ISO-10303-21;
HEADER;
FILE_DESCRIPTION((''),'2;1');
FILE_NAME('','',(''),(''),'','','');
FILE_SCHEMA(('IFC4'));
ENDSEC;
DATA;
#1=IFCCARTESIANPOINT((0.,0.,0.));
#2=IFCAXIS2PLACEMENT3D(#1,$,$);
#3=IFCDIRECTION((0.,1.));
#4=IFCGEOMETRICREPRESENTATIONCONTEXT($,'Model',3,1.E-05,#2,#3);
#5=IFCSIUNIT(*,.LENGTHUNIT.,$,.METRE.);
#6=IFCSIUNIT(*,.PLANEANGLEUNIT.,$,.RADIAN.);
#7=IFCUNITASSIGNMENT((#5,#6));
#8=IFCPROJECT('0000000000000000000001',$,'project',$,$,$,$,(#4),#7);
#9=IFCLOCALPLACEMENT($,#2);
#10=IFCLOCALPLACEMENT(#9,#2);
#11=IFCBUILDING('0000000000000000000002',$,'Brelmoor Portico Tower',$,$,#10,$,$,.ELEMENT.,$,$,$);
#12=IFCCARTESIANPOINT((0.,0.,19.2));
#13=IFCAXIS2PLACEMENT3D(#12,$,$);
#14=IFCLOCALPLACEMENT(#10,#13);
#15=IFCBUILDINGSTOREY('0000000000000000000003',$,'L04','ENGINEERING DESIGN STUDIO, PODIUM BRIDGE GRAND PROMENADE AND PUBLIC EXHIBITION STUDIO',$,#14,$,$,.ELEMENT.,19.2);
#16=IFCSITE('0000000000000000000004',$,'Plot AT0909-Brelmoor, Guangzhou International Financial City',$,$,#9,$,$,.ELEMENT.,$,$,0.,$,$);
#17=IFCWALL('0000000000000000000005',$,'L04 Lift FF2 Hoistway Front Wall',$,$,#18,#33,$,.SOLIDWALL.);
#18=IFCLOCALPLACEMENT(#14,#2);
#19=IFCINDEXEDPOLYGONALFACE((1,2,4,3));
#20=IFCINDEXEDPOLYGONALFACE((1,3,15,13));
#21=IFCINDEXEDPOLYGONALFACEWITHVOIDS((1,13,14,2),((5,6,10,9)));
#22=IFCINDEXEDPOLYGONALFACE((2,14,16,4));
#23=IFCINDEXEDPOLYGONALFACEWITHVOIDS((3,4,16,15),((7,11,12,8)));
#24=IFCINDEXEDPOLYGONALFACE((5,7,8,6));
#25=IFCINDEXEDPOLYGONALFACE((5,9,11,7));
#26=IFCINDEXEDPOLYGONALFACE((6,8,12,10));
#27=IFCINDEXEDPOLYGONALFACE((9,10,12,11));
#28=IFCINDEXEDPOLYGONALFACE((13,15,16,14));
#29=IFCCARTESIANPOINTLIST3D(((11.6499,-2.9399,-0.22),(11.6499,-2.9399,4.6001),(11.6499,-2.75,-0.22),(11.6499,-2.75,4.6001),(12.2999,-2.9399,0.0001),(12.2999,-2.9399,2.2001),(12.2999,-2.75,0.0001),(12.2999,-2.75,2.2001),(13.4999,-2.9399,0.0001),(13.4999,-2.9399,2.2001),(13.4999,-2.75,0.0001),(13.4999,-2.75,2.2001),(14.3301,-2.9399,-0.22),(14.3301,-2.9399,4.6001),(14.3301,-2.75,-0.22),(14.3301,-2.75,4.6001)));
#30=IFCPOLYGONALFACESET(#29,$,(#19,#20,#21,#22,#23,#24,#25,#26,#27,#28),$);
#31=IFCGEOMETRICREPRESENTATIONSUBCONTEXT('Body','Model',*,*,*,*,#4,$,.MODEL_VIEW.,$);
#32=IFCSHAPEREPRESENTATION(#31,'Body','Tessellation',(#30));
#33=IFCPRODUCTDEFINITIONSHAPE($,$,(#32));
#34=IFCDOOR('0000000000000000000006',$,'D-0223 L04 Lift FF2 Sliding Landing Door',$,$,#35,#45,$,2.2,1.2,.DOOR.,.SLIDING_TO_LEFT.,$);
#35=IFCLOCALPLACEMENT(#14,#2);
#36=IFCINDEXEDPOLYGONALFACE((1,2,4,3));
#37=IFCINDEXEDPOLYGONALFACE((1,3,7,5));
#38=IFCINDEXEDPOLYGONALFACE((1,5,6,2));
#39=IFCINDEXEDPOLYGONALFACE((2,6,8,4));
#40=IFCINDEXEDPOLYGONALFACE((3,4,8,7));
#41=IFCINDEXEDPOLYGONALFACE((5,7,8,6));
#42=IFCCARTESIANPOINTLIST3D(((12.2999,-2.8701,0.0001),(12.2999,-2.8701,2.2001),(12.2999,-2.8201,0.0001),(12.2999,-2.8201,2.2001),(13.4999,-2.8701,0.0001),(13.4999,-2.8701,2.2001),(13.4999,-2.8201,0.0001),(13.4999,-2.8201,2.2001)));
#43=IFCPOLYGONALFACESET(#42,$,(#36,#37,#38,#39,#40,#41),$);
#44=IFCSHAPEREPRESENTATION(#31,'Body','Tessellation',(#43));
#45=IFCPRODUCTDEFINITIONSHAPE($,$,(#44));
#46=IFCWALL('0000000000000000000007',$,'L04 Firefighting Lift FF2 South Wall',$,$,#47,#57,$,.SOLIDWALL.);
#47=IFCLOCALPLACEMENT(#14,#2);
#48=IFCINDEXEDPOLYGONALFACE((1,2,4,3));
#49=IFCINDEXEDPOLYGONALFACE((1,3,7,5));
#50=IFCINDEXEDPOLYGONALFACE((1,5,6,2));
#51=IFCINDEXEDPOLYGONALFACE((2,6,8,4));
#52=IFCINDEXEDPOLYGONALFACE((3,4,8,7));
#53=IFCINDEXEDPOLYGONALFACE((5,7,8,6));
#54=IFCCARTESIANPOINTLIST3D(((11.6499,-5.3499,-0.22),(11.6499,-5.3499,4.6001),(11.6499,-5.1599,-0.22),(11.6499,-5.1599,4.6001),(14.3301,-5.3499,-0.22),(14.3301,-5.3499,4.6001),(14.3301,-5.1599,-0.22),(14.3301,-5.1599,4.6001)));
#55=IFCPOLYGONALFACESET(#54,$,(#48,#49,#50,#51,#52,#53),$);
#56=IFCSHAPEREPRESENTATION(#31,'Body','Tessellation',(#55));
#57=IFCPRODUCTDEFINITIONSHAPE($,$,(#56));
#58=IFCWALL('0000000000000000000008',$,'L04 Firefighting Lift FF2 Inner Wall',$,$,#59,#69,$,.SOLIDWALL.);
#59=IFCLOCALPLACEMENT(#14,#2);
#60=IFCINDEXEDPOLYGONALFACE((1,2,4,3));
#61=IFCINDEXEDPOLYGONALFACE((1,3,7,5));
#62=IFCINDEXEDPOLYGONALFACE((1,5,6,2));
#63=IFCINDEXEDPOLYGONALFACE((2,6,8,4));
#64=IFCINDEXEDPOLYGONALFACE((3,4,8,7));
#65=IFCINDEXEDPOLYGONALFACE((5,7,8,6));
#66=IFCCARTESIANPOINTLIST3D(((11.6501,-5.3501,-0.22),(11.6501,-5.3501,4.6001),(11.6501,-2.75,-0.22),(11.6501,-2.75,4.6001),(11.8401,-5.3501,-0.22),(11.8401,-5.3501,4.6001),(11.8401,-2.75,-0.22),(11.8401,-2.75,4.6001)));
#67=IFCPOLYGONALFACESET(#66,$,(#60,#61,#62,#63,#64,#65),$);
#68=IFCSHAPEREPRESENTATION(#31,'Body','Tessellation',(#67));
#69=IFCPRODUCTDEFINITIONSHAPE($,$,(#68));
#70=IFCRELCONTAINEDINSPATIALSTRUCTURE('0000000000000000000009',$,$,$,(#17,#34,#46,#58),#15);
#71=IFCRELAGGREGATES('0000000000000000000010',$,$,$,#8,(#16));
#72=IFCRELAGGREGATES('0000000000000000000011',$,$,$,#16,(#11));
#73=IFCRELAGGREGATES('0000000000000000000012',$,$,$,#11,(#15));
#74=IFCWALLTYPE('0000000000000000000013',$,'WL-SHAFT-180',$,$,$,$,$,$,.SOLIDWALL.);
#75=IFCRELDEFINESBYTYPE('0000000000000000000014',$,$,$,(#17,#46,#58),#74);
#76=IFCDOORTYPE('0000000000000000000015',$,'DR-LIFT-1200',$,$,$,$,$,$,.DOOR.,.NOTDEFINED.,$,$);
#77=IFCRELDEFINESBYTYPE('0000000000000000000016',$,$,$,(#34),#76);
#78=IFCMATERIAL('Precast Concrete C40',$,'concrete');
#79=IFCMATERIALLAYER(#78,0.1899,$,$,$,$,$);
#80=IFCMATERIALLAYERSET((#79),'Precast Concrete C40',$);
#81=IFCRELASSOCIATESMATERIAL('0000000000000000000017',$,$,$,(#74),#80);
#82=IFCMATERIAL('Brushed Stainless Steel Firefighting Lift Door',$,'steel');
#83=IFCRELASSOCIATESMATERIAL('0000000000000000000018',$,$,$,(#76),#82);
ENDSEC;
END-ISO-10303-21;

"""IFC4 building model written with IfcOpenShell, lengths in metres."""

from ifc_helpers import new_model, si_unit, direction, frame, frame_2d, origin, place, context, subcontext, project, spatial, rectangle, extrude, material, layer, layer_set, type_object, element, fill, save


model = new_model("IFC4")

# Units and contexts
model_context = context("Model", 3, precision=1e-05, world=origin(), true_north=direction((0.0, 1.0)))
body_context = subcontext(model_context, "Body", "Model", "MODEL_VIEW")
ifc_project = project(units=[si_unit("LENGTHUNIT", "METRE"), si_unit("PLANEANGLEUNIT", "RADIAN")], contexts=[model_context])

# Site, building, storey
site_placement = place(None, origin())
site = spatial("IfcSite", under=ifc_project, at=site_placement, Name="Plot AT0909-Brelmoor, Guangzhou International Financial City", CompositionType="ELEMENT", RefElevation=0.0)
building_placement = place(site_placement, origin())
building = spatial("IfcBuilding", under=site, at=building_placement, Name="Brelmoor Portico Tower", CompositionType="ELEMENT")
storey_placement = place(building_placement, frame((0.0, 0.0, 19.2)))
storey = spatial("IfcBuildingStorey", under=building, at=storey_placement, Name="L04", Description="ENGINEERING DESIGN STUDIO, PODIUM BRIDGE GRAND PROMENADE AND PUBLIC EXHIBITION STUDIO", CompositionType="ELEMENT", Elevation=19.2)

# Shared definitions
ifc_material_1 = material(Name="Precast Concrete C40", Category="concrete")
ifc_layer_1 = layer(ifc_material_1, 0.1899)
ifc_layer_set_1 = layer_set([ifc_layer_1], Name="Precast Concrete C40")
wall_type_1 = type_object("IfcWallType", Name="WL-SHAFT-180", PredefinedType="SOLIDWALL", material=ifc_layer_set_1)

# Wall, opening, door
wall_1_placement = place(storey_placement, frame((11.6499, -2.845, -0.22), z_axis=(0.0, 0.0, 1.0), x_axis=(1.0, 0.0, 0.0)))
wall_1 = element("IfcWall", 1, at=wall_1_placement, inside=storey, type_object=wall_type_1, Name="L04 Lift FF2 Hoistway Front Wall", PredefinedType="SOLIDWALL", context=body_context, shape_type="SweptSolid", body=[
    extrude(rectangle(XDim=2.6802, YDim=0.1899, at=frame_2d((1.3401, 0.0))), origin(), (0.0, 0.0, 1.0), 4.8201),
])
opening_1_placement = place(wall_1_placement, frame((0.6499, 0.0, 0.22)))
opening_1 = element("IfcOpeningElement", 2, at=opening_1_placement, cuts=wall_1, PredefinedType="OPENING", context=body_context, shape_type="SweptSolid", body=[
    extrude(rectangle(XDim=1.2, YDim=2.2, at=frame_2d((0.6001, 1.1001))), frame((0.0, 0.105, 0.0), z_axis=(0.0, -1.0, 0.0), x_axis=(1.0, 0.0, 0.0)), (0.0, 0.0, 1.0), 0.21),
])
ifc_material_2 = material(Name="Brushed Stainless Steel Firefighting Lift Door", Category="steel")
door_type_1 = type_object("IfcDoorType", Name="DR-LIFT-1200", OperationType="NOTDEFINED", PredefinedType="DOOR", material=ifc_material_2)
door_1_placement = place(opening_1_placement, origin())
door_1 = element("IfcDoor", 3, at=door_1_placement, inside=storey, type_object=door_type_1, Name="D-0223 L04 Lift FF2 Sliding Landing Door", OperationType="SLIDING_TO_LEFT", OverallHeight=2.2, OverallWidth=1.2, PredefinedType="DOOR", context=body_context, shape_type="SweptSolid", body=[
    extrude(rectangle(XDim=1.2, YDim=2.2, at=frame_2d((0.6001, 1.1001))), frame((0.0, 0.0249, 0.0), z_axis=(0.0, -1.0, 0.0), x_axis=(1.0, 0.0, 0.0)), (0.0, 0.0, 1.0), 0.05),
])
fill(opening_1, door_1)

# Walls
wall_2_placement = place(storey_placement, frame((11.6499, -5.2549, -0.22), z_axis=(0.0, 0.0, 1.0), x_axis=(1.0, 0.0, 0.0)))
element("IfcWall", 4, at=wall_2_placement, inside=storey, type_object=wall_type_1, Name="L04 Firefighting Lift FF2 South Wall", PredefinedType="SOLIDWALL", context=body_context, shape_type="SweptSolid", body=[
    extrude(rectangle(XDim=2.6802, YDim=0.1899, at=frame_2d((1.3401, 0.0))), origin(), (0.0, 0.0, 1.0), 4.8201),
])
wall_3_placement = place(storey_placement, frame((11.7451, -5.3501, -0.22), z_axis=(0.0, 0.0, 1.0), x_axis=(0.0, 1.0, 0.0)))
element("IfcWall", 5, at=wall_3_placement, inside=storey, type_object=wall_type_1, Name="L04 Firefighting Lift FF2 Inner Wall", PredefinedType="SOLIDWALL", context=body_context, shape_type="SweptSolid", body=[
    extrude(rectangle(XDim=2.6001, YDim=0.1899, at=frame_2d((1.3, 0.0))), origin(), (0.0, 0.0, 1.0), 4.8201),
])

save(model, "model.ifc")
